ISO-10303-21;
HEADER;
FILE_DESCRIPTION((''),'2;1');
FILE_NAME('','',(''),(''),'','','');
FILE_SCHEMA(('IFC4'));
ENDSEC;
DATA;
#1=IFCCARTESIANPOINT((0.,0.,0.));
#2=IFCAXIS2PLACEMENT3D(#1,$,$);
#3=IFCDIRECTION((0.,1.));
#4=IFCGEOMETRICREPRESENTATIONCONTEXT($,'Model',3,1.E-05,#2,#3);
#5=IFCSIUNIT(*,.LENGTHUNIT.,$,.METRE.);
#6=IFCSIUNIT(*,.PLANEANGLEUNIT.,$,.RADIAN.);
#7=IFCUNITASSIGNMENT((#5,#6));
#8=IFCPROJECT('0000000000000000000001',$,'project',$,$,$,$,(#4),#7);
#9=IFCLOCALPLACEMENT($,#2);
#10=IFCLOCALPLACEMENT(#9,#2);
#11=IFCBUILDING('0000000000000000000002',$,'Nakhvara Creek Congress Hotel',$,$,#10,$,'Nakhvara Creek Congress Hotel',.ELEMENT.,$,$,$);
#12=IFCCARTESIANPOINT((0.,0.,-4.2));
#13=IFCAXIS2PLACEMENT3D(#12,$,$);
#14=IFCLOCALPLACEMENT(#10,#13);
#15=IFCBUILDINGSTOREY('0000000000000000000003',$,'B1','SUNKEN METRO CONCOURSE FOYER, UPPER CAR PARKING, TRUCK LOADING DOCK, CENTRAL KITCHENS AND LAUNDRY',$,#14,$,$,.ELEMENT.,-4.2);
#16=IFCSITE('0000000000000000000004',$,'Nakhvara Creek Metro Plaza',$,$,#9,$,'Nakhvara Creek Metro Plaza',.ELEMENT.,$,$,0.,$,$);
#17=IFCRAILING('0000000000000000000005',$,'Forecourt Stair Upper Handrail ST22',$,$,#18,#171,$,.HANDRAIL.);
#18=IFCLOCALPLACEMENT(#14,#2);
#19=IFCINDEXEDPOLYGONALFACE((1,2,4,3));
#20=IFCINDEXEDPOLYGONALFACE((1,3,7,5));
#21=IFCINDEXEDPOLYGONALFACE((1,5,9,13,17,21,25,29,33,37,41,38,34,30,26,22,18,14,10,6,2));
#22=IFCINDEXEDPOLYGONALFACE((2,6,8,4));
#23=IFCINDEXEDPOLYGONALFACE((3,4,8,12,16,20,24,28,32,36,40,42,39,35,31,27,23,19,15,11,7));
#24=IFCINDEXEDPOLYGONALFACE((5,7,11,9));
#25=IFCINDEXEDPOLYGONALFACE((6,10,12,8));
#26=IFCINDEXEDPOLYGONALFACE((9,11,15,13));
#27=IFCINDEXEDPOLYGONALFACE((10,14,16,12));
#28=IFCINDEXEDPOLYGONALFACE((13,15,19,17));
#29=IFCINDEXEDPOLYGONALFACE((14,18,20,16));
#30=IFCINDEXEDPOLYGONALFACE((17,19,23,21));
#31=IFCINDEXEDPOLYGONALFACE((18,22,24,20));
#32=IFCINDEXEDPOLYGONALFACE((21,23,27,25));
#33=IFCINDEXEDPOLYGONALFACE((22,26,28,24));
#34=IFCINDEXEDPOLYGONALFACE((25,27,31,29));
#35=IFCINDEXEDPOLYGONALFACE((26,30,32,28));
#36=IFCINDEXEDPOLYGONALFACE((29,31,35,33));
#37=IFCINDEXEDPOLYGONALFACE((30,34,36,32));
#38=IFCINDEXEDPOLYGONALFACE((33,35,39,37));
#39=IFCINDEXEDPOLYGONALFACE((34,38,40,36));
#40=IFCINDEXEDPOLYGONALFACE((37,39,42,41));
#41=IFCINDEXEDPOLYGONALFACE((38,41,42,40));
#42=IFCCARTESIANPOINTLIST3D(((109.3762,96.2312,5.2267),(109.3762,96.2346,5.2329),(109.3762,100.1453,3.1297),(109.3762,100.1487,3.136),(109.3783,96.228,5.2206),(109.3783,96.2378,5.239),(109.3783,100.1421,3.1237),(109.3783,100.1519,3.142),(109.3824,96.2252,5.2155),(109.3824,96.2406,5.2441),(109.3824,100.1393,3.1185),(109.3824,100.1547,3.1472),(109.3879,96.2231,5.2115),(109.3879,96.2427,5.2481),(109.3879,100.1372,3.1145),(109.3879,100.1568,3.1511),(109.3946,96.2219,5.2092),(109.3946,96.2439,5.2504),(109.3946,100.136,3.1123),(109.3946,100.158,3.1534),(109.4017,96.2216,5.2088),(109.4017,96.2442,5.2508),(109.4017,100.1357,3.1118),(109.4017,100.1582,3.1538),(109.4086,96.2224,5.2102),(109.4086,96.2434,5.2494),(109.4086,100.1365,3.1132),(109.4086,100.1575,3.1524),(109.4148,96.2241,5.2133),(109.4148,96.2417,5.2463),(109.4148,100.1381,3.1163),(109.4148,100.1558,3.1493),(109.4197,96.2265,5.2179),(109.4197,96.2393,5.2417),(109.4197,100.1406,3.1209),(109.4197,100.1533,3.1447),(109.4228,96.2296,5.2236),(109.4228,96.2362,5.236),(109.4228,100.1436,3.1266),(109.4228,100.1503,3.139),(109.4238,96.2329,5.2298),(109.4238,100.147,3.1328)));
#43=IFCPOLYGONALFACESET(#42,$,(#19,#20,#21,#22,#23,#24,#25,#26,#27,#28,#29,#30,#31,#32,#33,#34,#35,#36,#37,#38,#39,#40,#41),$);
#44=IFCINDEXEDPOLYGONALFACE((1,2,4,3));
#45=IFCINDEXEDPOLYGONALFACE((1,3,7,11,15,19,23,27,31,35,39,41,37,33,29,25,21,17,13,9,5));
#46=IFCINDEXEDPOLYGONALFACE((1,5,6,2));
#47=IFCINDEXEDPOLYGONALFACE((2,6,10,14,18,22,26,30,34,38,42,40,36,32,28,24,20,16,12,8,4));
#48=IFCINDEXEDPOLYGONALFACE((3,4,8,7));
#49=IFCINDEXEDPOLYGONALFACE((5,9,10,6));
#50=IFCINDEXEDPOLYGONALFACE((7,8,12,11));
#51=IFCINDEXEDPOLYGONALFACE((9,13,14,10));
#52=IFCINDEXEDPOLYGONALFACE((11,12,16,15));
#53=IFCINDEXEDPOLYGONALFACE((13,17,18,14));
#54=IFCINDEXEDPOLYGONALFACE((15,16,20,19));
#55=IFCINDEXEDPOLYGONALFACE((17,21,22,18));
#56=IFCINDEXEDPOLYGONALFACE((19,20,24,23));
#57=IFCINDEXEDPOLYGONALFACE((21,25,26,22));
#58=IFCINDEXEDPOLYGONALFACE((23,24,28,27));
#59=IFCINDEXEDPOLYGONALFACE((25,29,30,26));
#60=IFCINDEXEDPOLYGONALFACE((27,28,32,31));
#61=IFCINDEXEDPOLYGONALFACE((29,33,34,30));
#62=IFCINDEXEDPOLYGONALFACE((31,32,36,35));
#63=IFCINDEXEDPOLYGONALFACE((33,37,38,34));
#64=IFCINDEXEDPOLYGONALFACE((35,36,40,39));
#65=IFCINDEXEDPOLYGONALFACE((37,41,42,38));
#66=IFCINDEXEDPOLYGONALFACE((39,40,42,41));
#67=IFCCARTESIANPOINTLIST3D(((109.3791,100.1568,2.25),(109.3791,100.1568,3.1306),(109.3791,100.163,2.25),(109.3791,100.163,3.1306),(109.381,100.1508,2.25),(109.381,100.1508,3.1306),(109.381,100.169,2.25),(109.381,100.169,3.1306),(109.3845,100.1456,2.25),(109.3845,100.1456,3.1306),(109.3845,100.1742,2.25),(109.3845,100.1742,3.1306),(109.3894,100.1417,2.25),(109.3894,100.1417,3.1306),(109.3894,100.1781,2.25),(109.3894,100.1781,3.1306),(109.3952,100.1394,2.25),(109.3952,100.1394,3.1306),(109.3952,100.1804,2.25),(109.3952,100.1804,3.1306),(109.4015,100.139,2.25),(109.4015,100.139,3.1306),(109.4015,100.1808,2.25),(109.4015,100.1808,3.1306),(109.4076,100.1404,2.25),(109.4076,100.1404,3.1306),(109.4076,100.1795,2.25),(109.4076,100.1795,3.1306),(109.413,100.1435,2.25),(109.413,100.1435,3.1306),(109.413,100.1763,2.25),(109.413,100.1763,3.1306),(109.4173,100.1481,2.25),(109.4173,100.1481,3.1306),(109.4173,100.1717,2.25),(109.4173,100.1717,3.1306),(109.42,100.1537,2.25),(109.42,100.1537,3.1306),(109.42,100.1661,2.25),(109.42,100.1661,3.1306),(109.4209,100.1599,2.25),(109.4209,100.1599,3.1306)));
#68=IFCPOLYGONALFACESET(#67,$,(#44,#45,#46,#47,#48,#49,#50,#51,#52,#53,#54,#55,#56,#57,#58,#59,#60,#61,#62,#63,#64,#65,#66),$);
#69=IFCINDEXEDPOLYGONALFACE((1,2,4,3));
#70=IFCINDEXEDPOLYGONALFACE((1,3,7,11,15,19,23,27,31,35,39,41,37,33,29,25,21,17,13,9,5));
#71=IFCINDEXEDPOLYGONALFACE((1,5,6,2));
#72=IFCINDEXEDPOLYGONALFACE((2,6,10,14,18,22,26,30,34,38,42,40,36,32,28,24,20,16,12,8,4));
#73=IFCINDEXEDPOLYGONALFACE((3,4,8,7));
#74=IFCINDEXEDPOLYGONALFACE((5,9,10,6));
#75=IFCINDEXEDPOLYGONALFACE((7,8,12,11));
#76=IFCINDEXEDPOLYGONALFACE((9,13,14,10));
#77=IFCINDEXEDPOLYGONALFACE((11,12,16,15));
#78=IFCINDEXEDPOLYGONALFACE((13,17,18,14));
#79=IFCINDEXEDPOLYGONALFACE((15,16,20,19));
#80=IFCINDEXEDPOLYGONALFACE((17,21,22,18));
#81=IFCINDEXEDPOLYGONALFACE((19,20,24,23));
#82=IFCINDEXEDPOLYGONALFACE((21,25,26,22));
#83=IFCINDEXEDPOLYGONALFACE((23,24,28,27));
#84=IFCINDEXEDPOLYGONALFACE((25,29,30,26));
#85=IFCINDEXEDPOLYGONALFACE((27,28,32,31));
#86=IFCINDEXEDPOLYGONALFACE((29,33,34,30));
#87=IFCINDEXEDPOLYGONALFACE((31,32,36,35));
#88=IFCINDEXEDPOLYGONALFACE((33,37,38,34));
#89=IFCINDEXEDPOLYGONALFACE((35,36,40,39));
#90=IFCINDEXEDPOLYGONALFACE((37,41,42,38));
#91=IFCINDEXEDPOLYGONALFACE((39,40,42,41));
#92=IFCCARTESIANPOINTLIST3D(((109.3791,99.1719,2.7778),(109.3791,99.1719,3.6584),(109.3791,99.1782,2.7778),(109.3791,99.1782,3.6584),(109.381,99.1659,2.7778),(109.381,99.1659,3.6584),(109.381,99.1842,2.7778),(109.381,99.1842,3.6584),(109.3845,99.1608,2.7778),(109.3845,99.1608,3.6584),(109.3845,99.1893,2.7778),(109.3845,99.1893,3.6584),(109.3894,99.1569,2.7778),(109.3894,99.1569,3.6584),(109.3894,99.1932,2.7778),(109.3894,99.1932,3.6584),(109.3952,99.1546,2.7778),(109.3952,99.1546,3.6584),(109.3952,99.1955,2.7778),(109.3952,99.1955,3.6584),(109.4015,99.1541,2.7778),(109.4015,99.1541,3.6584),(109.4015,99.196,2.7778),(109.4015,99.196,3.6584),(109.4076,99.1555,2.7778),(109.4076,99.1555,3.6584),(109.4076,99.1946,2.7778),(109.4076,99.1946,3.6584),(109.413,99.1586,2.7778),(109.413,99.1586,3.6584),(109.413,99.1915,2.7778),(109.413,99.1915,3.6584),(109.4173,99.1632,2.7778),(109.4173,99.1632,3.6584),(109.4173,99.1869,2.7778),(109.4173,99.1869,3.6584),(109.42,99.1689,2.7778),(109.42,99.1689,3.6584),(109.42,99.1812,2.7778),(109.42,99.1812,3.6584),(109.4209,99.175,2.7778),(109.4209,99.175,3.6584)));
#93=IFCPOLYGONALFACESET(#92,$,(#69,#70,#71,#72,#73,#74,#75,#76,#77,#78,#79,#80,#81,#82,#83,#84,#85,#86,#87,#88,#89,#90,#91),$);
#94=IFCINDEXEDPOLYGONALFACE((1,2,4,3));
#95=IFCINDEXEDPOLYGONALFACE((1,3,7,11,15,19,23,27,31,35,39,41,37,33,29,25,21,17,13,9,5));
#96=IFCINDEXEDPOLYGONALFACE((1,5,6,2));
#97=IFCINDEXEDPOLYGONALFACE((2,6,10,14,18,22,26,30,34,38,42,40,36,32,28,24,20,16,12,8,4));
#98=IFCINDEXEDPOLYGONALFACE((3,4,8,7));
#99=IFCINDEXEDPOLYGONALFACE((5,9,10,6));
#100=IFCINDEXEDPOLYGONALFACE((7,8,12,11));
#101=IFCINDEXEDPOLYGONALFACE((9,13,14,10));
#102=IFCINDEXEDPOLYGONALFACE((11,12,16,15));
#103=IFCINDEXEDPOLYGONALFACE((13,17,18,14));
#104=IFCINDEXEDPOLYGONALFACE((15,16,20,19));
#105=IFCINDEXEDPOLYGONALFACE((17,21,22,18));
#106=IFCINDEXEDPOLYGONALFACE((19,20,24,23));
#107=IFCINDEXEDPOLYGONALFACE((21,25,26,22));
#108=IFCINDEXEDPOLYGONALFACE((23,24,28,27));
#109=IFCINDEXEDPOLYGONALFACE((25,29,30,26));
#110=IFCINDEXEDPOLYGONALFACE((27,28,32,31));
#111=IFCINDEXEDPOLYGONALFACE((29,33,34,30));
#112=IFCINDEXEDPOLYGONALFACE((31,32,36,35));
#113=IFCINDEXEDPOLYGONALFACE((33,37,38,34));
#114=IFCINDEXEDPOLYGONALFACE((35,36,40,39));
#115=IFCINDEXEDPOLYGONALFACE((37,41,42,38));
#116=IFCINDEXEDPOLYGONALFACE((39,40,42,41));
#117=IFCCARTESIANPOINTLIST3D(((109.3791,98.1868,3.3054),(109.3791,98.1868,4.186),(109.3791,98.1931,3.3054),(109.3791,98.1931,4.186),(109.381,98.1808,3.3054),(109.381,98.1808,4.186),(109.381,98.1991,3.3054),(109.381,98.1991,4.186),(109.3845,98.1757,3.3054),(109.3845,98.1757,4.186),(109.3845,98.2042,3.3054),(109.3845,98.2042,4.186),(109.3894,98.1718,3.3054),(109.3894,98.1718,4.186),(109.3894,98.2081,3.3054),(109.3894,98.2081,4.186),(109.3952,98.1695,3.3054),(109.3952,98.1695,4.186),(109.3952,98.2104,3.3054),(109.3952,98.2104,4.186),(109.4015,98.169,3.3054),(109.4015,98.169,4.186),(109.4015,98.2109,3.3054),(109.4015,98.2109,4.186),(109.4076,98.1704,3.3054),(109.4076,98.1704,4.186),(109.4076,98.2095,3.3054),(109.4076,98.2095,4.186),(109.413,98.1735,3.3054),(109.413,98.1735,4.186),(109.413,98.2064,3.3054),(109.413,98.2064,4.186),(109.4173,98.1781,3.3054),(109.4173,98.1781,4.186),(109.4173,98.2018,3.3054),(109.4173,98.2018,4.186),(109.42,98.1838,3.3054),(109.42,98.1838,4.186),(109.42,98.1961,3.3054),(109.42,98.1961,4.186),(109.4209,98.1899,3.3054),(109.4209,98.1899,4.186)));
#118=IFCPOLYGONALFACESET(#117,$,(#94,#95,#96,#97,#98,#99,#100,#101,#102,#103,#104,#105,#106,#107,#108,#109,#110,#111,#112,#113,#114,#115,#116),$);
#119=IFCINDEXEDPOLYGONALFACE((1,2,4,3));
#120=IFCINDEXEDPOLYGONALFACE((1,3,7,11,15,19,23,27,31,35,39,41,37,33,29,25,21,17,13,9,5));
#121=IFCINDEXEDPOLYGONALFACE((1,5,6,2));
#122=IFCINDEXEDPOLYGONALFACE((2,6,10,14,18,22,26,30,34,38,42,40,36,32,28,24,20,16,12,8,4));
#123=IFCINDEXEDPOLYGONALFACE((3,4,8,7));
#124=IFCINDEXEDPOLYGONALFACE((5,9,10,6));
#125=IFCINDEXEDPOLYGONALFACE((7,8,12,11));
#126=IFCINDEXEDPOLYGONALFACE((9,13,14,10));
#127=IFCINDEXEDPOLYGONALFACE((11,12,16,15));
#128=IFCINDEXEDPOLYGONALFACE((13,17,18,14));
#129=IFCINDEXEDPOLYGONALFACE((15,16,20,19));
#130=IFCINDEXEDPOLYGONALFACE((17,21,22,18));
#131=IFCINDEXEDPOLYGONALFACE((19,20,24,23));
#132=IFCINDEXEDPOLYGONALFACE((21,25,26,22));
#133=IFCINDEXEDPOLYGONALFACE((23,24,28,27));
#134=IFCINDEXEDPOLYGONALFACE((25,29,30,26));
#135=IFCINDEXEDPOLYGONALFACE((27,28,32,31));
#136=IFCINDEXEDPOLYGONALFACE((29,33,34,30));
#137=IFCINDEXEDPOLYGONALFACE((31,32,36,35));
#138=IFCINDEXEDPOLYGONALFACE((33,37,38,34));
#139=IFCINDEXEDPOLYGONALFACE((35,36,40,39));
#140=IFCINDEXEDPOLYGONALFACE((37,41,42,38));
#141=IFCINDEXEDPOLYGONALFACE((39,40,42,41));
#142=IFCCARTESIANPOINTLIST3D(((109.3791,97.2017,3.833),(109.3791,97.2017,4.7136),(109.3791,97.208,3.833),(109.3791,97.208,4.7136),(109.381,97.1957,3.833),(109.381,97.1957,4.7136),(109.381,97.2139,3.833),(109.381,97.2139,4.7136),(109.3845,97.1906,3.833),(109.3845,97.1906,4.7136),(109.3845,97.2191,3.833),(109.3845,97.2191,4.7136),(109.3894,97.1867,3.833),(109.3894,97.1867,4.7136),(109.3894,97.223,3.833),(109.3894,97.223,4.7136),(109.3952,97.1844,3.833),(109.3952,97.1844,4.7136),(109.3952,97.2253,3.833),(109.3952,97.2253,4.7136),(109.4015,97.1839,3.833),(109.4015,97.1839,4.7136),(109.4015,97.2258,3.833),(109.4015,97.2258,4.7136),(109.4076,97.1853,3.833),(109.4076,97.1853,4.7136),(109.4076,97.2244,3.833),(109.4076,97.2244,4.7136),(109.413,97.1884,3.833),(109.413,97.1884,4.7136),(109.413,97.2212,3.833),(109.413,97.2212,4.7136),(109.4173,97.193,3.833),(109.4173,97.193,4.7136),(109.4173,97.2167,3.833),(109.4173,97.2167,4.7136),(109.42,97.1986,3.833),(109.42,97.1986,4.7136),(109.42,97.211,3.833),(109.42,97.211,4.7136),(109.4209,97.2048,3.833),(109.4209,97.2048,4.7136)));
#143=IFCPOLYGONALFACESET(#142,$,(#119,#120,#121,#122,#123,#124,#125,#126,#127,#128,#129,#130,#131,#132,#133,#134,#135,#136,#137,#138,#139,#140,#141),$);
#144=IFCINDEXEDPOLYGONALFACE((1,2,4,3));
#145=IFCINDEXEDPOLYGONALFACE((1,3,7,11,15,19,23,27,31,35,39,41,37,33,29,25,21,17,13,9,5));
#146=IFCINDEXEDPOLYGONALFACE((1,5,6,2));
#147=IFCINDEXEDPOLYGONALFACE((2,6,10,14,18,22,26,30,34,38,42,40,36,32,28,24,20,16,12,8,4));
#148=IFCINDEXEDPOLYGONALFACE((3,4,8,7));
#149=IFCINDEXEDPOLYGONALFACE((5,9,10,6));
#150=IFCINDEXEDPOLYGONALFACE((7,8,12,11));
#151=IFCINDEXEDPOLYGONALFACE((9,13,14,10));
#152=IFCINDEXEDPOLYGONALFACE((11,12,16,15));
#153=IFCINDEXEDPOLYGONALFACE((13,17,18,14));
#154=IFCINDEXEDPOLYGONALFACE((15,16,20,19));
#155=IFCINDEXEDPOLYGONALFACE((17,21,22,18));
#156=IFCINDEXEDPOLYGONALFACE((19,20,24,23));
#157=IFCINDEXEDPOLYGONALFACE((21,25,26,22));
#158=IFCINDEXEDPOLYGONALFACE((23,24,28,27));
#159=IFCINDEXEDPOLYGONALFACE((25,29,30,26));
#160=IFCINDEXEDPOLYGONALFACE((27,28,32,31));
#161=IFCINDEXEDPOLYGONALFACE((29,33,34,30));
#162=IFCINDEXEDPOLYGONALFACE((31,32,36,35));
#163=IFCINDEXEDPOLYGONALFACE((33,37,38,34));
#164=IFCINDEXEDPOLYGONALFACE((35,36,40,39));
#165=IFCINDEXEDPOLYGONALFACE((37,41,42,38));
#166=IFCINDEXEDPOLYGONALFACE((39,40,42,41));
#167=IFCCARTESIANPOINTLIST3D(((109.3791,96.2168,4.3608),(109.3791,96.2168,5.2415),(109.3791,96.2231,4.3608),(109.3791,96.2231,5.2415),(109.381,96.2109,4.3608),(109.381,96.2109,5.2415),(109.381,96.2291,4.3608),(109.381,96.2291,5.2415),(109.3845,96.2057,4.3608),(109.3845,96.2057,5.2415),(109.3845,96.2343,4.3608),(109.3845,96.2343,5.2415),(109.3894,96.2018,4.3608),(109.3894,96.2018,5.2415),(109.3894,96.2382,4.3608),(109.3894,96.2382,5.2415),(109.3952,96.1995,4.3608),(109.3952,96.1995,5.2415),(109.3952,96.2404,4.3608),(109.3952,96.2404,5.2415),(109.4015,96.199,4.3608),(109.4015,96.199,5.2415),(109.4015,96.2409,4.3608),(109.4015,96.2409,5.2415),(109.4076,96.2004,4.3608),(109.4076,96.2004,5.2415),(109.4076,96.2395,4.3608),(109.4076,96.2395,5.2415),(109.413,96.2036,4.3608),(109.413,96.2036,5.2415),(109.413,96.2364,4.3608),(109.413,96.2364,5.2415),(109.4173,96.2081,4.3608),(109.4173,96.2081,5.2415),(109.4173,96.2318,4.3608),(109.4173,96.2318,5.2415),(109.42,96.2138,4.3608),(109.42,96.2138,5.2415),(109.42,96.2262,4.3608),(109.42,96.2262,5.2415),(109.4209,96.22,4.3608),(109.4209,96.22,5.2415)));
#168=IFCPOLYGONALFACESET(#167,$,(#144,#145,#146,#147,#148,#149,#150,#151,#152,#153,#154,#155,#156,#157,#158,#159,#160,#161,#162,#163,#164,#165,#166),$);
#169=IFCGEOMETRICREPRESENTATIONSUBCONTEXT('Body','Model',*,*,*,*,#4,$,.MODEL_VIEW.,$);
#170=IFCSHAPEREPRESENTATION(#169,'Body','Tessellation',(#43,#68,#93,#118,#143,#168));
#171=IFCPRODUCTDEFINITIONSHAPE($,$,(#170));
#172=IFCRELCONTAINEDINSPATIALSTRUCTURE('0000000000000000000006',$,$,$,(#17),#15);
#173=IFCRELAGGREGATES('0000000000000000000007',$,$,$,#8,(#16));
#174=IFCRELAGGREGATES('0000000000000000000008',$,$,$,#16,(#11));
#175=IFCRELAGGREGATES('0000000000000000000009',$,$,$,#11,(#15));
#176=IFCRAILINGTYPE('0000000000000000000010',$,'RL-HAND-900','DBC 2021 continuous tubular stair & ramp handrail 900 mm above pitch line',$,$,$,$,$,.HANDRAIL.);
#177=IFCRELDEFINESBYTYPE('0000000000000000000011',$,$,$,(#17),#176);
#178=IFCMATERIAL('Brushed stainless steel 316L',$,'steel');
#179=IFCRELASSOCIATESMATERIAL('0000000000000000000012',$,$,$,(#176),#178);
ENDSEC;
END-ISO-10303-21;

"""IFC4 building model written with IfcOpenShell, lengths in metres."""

from ifc_helpers import new_model, si_unit, direction, frame, origin, origin_2d, place, context, subcontext, project, spatial, circle, extrude, material, type_object, element, save


model = new_model("IFC4")

# Units and contexts
model_context = context("Model", 3, precision=1e-05, world=origin(), true_north=direction((0.0, 1.0)))
body_context = subcontext(model_context, "Body", "Model", "MODEL_VIEW")
ifc_project = project(units=[si_unit("LENGTHUNIT", "METRE"), si_unit("PLANEANGLEUNIT", "RADIAN")], contexts=[model_context])

# Site, building, storey
site_placement = place(None, origin())
site = spatial("IfcSite", under=ifc_project, at=site_placement, Name="Nakhvara Creek Metro Plaza", LongName="Nakhvara Creek Metro Plaza", CompositionType="ELEMENT", RefElevation=0.0)
building_placement = place(site_placement, origin())
building = spatial("IfcBuilding", under=site, at=building_placement, Name="Nakhvara Creek Congress Hotel", LongName="Nakhvara Creek Congress Hotel", CompositionType="ELEMENT")
storey_placement = place(building_placement, frame((0.0, 0.0, -4.2)))
storey = spatial("IfcBuildingStorey", under=building, at=storey_placement, Name="B1", Description="SUNKEN METRO CONCOURSE FOYER, UPPER CAR PARKING, TRUCK LOADING DOCK, CENTRAL KITCHENS AND LAUNDRY", CompositionType="ELEMENT", Elevation=-4.2)

# Railing
ifc_material_1 = material(Name="Brushed stainless steel 316L", Category="steel")
railing_type_1 = type_object("IfcRailingType", Name="RL-HAND-900", Description="DBC 2021 continuous tubular stair & ramp handrail 900 mm above pitch line", PredefinedType="HANDRAIL", material=ifc_material_1)
railing_1_placement = place(storey_placement, frame((109.3999, 100.1599, 2.25)))
element("IfcRailing", 1, at=railing_1_placement, inside=storey, type_object=railing_type_1, Name="Forecourt Stair Upper Handrail ST22", PredefinedType="HANDRAIL", context=body_context, shape_type="SweptSolid", body=[
    extrude(circle(Radius=0.0239, at=origin_2d()), frame((0.0, -0.0129, 0.8828), z_axis=(0.0, -0.881465, 0.472249), x_axis=(1.0, 0.0, 0.0)), (0.0, 0.0, 1.0), 4.4404),
    extrude(circle(Radius=0.021, at=origin_2d()), origin(), (0.0, 0.0, 1.0), 0.8806),
    extrude(circle(Radius=0.021, at=origin_2d()), frame((0.0, -0.9849, 0.5278)), (0.0, 0.0, 1.0), 0.8806),
    extrude(circle(Radius=0.021, at=origin_2d()), frame((0.0, -1.97, 1.0554)), (0.0, 0.0, 1.0), 0.8806),
    extrude(circle(Radius=0.021, at=origin_2d()), frame((0.0, -2.9551, 1.583)), (0.0, 0.0, 1.0), 0.8806),
    extrude(circle(Radius=0.021, at=origin_2d()), frame((0.0, -3.9399, 2.1108)), (0.0, 0.0, 1.0), 0.8806),
])

save(model, "model.ifc")
